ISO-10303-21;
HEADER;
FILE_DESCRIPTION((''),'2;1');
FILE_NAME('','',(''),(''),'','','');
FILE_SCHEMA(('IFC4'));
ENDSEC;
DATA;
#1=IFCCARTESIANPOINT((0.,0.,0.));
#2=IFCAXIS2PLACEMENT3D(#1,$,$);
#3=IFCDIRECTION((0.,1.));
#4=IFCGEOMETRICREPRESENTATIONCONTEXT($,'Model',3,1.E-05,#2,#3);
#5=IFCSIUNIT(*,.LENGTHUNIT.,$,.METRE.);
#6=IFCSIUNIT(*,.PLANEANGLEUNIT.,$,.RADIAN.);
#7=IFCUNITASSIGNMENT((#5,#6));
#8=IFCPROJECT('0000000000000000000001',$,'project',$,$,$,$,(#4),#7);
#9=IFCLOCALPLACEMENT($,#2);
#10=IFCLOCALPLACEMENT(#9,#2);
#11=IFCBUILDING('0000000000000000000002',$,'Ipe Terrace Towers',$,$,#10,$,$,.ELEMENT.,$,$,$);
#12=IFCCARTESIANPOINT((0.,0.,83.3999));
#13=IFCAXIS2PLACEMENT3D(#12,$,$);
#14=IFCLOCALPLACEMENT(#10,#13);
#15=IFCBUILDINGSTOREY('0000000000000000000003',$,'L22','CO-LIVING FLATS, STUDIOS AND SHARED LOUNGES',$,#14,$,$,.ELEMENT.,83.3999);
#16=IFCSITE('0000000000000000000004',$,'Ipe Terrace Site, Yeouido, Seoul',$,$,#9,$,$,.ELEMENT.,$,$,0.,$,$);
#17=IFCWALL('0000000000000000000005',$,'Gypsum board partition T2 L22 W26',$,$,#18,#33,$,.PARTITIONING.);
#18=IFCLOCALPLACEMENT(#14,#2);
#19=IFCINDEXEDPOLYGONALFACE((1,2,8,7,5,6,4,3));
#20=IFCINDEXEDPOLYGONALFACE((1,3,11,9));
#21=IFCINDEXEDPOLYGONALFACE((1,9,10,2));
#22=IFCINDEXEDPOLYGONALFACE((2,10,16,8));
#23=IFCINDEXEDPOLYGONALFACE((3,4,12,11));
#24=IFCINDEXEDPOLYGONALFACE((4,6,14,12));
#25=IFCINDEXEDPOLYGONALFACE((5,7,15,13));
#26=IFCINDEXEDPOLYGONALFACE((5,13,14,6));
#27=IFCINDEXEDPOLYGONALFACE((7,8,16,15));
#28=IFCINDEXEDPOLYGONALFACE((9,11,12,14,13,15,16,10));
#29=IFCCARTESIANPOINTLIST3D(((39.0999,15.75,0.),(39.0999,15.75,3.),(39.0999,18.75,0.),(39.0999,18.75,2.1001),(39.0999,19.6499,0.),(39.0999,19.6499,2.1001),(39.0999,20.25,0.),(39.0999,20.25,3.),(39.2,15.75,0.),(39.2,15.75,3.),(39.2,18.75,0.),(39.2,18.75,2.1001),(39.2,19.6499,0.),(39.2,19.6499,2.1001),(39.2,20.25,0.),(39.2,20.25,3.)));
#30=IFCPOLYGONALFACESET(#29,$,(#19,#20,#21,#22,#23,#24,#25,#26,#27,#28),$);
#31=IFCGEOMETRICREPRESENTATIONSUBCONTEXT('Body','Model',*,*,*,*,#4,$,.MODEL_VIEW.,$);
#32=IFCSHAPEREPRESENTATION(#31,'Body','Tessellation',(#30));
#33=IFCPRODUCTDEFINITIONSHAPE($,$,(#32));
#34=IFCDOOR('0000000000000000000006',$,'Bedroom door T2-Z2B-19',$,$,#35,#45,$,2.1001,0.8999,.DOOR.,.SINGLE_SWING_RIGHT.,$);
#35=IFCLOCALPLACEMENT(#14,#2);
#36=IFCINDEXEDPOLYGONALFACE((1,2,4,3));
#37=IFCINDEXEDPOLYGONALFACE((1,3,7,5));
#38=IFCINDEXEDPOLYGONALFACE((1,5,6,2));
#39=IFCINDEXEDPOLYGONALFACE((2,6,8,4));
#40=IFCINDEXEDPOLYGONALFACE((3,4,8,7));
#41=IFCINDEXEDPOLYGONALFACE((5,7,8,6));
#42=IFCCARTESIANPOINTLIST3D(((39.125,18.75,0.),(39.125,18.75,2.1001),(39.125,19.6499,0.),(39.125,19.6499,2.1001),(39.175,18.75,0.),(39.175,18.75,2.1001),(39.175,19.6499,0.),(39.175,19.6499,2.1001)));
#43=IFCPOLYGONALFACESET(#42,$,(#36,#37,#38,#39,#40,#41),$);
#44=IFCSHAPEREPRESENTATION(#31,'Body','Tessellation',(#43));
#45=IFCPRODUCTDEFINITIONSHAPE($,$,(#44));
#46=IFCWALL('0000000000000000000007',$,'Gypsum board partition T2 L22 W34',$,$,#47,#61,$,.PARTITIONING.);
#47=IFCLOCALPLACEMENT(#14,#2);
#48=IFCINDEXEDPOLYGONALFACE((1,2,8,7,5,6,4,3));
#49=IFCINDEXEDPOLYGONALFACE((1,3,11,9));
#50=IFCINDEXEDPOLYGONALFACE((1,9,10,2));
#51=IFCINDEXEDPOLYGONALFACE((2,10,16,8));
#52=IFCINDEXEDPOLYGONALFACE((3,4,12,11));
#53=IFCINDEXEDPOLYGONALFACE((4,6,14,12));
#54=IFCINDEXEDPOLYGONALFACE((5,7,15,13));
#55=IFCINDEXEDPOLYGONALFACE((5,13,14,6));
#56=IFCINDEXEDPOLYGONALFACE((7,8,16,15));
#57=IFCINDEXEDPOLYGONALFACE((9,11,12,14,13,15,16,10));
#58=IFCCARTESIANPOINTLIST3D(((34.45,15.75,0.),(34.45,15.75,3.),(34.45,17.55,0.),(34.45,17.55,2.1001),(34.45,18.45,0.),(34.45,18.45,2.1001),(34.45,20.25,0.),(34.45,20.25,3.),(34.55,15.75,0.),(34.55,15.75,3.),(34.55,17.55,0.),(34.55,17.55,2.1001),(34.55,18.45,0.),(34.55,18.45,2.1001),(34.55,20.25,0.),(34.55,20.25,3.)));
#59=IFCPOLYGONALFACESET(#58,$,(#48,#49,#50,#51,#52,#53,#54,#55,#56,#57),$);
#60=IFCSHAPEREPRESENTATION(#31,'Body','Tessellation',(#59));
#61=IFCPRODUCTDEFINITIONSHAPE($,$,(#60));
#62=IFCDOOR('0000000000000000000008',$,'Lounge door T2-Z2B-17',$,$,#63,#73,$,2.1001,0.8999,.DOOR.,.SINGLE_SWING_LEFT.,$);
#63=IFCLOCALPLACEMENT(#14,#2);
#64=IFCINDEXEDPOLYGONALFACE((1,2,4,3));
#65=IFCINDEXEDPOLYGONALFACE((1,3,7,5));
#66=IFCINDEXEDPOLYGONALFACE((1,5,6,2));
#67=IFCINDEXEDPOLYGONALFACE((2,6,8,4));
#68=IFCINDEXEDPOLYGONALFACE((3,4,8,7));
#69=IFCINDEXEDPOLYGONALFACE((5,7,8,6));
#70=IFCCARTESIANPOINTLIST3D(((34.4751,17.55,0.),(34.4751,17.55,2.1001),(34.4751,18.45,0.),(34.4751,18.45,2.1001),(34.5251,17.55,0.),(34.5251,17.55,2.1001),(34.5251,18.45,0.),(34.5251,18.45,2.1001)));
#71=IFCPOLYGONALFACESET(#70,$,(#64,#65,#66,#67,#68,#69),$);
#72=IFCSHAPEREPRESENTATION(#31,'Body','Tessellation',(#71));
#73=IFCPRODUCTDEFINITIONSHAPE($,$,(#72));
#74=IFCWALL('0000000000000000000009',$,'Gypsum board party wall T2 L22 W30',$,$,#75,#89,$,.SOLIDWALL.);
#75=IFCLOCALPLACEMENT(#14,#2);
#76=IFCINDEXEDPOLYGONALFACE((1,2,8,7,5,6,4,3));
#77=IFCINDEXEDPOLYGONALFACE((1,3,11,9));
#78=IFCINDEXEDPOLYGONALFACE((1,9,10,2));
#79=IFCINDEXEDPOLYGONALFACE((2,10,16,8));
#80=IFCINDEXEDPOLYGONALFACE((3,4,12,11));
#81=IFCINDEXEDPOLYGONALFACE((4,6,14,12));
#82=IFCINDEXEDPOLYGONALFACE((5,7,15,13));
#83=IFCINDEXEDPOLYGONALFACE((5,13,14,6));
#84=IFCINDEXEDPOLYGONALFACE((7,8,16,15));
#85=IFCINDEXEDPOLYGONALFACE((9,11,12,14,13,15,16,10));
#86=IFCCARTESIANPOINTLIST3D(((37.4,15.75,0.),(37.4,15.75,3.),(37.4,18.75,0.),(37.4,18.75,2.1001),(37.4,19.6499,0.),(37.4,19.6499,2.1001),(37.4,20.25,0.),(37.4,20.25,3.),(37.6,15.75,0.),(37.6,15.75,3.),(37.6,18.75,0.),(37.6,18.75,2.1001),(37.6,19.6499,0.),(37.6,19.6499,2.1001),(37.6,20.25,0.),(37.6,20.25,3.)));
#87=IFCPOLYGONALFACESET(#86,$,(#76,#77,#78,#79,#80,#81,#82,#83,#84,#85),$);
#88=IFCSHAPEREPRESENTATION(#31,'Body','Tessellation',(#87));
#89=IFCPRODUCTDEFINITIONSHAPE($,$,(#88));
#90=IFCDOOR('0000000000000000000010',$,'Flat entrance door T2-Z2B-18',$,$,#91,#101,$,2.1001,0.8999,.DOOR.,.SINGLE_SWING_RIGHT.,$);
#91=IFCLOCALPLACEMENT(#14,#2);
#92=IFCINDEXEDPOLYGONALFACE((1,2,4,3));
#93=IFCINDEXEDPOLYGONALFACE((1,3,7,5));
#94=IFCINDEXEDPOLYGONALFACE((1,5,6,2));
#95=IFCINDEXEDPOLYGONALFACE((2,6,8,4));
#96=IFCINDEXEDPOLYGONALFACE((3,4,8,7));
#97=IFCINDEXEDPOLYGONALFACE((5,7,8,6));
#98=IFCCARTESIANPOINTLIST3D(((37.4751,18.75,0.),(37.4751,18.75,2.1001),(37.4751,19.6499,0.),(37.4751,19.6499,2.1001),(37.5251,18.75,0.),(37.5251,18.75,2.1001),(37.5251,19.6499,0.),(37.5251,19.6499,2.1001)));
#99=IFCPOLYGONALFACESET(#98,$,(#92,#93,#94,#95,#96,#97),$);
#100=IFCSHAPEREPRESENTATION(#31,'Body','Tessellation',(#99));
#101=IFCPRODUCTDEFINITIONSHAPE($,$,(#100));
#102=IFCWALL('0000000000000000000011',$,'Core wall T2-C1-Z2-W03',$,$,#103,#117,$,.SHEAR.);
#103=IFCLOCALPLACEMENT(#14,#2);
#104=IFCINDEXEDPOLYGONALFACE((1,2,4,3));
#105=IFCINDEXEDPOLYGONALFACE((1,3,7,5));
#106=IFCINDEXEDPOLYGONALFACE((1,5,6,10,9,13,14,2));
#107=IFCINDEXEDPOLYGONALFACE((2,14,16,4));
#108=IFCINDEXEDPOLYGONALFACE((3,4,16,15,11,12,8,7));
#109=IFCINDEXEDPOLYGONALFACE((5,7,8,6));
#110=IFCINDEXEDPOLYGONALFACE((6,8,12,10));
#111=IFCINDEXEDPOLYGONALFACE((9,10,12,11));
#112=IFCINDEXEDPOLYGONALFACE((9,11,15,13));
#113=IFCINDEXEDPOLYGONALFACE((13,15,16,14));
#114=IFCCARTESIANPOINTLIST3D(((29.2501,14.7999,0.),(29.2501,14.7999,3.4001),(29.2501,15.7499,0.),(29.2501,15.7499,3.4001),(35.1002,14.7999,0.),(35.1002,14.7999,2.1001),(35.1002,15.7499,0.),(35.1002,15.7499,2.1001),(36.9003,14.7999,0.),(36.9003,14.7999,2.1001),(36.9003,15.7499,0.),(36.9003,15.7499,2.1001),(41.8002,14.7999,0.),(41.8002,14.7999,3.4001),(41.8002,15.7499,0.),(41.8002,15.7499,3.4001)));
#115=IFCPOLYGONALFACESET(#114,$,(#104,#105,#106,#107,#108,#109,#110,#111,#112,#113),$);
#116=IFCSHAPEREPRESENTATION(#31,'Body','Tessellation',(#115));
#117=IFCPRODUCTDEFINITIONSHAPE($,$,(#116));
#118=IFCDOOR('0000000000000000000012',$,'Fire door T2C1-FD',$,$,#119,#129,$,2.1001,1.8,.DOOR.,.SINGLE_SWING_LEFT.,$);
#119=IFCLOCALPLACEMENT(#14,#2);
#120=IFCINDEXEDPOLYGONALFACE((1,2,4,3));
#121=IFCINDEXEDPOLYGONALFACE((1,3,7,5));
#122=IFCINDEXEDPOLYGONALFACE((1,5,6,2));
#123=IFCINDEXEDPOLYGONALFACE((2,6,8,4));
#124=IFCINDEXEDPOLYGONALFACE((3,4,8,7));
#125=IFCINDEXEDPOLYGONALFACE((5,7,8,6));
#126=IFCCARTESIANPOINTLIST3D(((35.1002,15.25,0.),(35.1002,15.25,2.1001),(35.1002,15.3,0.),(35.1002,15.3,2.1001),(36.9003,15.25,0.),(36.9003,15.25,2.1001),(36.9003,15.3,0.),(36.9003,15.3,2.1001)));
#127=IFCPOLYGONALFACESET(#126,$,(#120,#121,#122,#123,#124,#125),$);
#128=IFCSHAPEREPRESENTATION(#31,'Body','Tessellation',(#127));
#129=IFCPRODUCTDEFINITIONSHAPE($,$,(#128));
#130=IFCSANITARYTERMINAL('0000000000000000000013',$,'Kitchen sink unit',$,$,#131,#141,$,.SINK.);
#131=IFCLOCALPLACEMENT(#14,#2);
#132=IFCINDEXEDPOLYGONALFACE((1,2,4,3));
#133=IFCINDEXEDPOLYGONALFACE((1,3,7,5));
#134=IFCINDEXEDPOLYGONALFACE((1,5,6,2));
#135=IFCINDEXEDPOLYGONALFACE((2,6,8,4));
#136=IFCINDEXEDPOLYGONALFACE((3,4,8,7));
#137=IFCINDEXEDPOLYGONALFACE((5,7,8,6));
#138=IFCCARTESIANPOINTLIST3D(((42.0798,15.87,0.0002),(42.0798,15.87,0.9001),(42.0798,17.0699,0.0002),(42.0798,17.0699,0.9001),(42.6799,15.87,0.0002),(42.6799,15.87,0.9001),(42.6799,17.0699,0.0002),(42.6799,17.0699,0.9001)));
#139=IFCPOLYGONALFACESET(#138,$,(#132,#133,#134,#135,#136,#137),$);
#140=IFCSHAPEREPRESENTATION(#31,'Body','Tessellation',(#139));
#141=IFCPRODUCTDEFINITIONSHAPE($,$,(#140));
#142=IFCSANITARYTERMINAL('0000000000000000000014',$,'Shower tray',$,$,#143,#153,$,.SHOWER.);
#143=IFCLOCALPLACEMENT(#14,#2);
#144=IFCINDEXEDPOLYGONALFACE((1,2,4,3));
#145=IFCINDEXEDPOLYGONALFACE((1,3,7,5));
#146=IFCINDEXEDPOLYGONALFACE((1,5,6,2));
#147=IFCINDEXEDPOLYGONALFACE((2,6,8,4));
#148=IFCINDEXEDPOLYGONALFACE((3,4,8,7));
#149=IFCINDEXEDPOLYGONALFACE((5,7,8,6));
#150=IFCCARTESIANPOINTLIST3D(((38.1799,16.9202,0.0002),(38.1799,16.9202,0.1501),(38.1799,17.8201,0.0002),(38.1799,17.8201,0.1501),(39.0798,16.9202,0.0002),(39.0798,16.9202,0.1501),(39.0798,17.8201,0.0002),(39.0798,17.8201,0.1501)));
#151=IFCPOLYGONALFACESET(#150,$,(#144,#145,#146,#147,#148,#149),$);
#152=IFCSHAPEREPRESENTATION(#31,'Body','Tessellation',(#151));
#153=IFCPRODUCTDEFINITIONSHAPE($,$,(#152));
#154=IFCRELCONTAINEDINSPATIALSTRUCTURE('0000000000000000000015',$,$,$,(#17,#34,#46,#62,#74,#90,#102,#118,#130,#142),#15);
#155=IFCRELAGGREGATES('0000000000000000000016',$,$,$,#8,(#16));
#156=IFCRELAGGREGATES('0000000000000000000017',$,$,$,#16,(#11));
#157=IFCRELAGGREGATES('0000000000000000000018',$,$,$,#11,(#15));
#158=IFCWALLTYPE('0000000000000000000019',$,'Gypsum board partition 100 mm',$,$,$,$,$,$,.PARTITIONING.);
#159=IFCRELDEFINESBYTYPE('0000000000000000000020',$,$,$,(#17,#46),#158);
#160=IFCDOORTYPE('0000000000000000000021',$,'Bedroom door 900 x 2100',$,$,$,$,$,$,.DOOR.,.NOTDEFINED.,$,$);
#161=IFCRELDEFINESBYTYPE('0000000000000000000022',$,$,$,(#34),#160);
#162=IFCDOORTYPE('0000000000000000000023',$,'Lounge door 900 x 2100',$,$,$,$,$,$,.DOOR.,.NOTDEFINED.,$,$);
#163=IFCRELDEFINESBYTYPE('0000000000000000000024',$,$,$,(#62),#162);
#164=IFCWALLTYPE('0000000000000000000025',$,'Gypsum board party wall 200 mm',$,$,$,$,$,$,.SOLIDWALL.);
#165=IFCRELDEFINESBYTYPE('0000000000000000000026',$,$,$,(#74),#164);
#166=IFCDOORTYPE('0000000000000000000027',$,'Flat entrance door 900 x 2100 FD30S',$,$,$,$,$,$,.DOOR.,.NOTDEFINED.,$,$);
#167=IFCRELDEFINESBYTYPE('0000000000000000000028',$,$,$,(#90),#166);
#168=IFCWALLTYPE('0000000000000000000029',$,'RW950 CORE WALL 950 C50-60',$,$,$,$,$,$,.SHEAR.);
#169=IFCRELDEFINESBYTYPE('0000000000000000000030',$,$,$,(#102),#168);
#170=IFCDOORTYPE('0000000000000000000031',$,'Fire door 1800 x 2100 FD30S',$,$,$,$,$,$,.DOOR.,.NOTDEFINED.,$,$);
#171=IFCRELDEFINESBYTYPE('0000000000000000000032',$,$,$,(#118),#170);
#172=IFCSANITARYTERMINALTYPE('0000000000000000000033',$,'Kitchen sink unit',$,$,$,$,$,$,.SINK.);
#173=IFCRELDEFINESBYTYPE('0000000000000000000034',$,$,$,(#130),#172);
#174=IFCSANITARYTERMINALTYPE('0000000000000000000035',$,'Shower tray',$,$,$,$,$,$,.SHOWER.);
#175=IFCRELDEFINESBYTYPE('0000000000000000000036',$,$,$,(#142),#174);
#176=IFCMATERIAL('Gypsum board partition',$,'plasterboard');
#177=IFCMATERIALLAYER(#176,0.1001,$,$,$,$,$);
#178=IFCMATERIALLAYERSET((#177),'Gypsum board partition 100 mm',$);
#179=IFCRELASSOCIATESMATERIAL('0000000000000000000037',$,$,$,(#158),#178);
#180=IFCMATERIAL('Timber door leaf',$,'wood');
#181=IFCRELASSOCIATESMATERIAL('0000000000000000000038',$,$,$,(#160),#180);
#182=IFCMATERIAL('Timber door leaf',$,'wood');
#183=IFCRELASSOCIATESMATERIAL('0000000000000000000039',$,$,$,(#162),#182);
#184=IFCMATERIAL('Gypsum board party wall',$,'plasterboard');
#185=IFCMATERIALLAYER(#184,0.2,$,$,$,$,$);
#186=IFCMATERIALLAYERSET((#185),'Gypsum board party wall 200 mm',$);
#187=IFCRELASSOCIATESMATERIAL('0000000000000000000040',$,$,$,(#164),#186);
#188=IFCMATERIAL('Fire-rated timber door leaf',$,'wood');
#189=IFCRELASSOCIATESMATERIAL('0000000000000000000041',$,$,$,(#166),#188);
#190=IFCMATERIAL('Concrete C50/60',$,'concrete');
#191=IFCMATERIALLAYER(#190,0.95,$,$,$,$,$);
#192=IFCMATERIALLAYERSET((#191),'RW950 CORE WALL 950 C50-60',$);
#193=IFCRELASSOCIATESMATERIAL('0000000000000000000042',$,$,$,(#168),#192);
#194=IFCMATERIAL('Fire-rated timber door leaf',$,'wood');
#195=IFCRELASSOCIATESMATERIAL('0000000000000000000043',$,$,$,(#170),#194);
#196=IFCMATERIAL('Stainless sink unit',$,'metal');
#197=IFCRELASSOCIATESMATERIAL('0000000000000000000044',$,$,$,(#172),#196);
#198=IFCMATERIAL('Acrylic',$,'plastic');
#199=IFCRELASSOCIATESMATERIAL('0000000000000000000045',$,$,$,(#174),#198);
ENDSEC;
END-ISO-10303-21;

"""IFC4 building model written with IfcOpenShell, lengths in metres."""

from ifc_helpers import new_model, si_unit, direction, frame, frame_2d, origin, origin_2d, place, context, subcontext, project, spatial, rectangle, extrude, material, layer, layer_set, type_object, element, fill, save


model = new_model("IFC4")

# Units and contexts
model_context = context("Model", 3, precision=1e-05, world=origin(), true_north=direction((0.0, 1.0)))
body_context = subcontext(model_context, "Body", "Model", "MODEL_VIEW")
ifc_project = project(units=[si_unit("LENGTHUNIT", "METRE"), si_unit("PLANEANGLEUNIT", "RADIAN")], contexts=[model_context])

# Site, building, storey
site_placement = place(None, origin())
site = spatial("IfcSite", under=ifc_project, at=site_placement, Name="Ipe Terrace Site, Yeouido, Seoul", CompositionType="ELEMENT", RefElevation=0.0)
building_placement = place(site_placement, origin())
building = spatial("IfcBuilding", under=site, at=building_placement, Name="Ipe Terrace Towers", CompositionType="ELEMENT")
storey_placement = place(building_placement, frame((0.0, 0.0, 83.3999)))
storey = spatial("IfcBuildingStorey", under=building, at=storey_placement, Name="L22", Description="CO-LIVING FLATS, STUDIOS AND SHARED LOUNGES", CompositionType="ELEMENT", Elevation=83.3999)

# Walls, openings, doors
ifc_material_1 = material(Name="Gypsum board partition", Category="plasterboard")
ifc_layer_1 = layer(ifc_material_1, 0.1001)
ifc_layer_set_1 = layer_set([ifc_layer_1], Name="Gypsum board partition 100 mm")
wall_type_1 = type_object("IfcWallType", Name="Gypsum board partition 100 mm", PredefinedType="PARTITIONING", material=ifc_layer_set_1)
wall_1_placement = place(storey_placement, frame((39.1499, 15.75, 0.0), z_axis=(0.0, 0.0, 1.0), x_axis=(0.0, 1.0, 0.0)))
wall_1 = element("IfcWall", 1, at=wall_1_placement, inside=storey, type_object=wall_type_1, Name="Gypsum board partition T2 L22 W26", PredefinedType="PARTITIONING", context=body_context, shape_type="SweptSolid", body=[
    extrude(rectangle(XDim=4.5, YDim=0.1001, at=frame_2d((2.25, 0.0))), origin(), (0.0, 0.0, 1.0), 3.0),
])
opening_1_placement = place(wall_1_placement, frame((3.0, 0.0, 0.0)))
opening_1 = element("IfcOpeningElement", 2, at=opening_1_placement, cuts=wall_1, PredefinedType="OPENING", context=body_context, shape_type="SweptSolid", body=[
    extrude(rectangle(XDim=0.8999, YDim=2.1001, at=frame_2d((0.45, 1.05))), frame((0.0, 0.0601, 0.0), z_axis=(0.0, -1.0, 0.0), x_axis=(1.0, 0.0, 0.0)), (0.0, 0.0, 1.0), 0.1201),
])
ifc_material_2 = material(Name="Timber door leaf", Category="wood")
door_type_1 = type_object("IfcDoorType", Name="Bedroom door 900 x 2100", OperationType="NOTDEFINED", PredefinedType="DOOR", material=ifc_material_2)
door_1_placement = place(opening_1_placement, origin())
door_1 = element("IfcDoor", 3, at=door_1_placement, inside=storey, type_object=door_type_1, Name="Bedroom door T2-Z2B-19", OperationType="SINGLE_SWING_RIGHT", OverallHeight=2.1001, OverallWidth=0.8999, PredefinedType="DOOR", context=body_context, shape_type="SweptSolid", body=[
    extrude(rectangle(XDim=0.8999, YDim=2.1001, at=frame_2d((0.45, 1.05))), frame((0.0, 0.0249, 0.0), z_axis=(0.0, -1.0, 0.0), x_axis=(1.0, 0.0, 0.0)), (0.0, 0.0, 1.0), 0.05),
])
fill(opening_1, door_1)
wall_2_placement = place(storey_placement, frame((34.5, 15.75, 0.0), z_axis=(0.0, 0.0, 1.0), x_axis=(0.0, 1.0, 0.0)))
wall_2 = element("IfcWall", 4, at=wall_2_placement, inside=storey, type_object=wall_type_1, Name="Gypsum board partition T2 L22 W34", PredefinedType="PARTITIONING", context=body_context, shape_type="SweptSolid", body=[
    extrude(rectangle(XDim=4.5, YDim=0.1001, at=frame_2d((2.25, 0.0))), origin(), (0.0, 0.0, 1.0), 3.0),
])
opening_2_placement = place(wall_2_placement, frame((1.8, 0.0, 0.0)))
opening_2 = element("IfcOpeningElement", 5, at=opening_2_placement, cuts=wall_2, PredefinedType="OPENING", context=body_context, shape_type="SweptSolid", body=[
    extrude(rectangle(XDim=0.8999, YDim=2.1001, at=frame_2d((0.45, 1.05))), frame((0.0, 0.0601, 0.0), z_axis=(0.0, -1.0, 0.0), x_axis=(1.0, 0.0, 0.0)), (0.0, 0.0, 1.0), 0.1201),
])
ifc_material_3 = material(Name="Timber door leaf", Category="wood")
door_type_2 = type_object("IfcDoorType", Name="Lounge door 900 x 2100", OperationType="NOTDEFINED", PredefinedType="DOOR", material=ifc_material_3)
door_2_placement = place(opening_2_placement, origin())
door_2 = element("IfcDoor", 6, at=door_2_placement, inside=storey, type_object=door_type_2, Name="Lounge door T2-Z2B-17", OperationType="SINGLE_SWING_LEFT", OverallHeight=2.1001, OverallWidth=0.8999, PredefinedType="DOOR", context=body_context, shape_type="SweptSolid", body=[
    extrude(rectangle(XDim=0.8999, YDim=2.1001, at=frame_2d((0.45, 1.05))), frame((0.0, 0.0249, 0.0), z_axis=(0.0, -1.0, 0.0), x_axis=(1.0, 0.0, 0.0)), (0.0, 0.0, 1.0), 0.05),
])
fill(opening_2, door_2)
ifc_material_4 = material(Name="Gypsum board party wall", Category="plasterboard")
ifc_layer_2 = layer(ifc_material_4, 0.2)
ifc_layer_set_2 = layer_set([ifc_layer_2], Name="Gypsum board party wall 200 mm")
wall_type_2 = type_object("IfcWallType", Name="Gypsum board party wall 200 mm", PredefinedType="SOLIDWALL", material=ifc_layer_set_2)
wall_3_placement = place(storey_placement, frame((37.5, 15.75, 0.0), z_axis=(0.0, 0.0, 1.0), x_axis=(0.0, 1.0, 0.0)))
wall_3 = element("IfcWall", 7, at=wall_3_placement, inside=storey, type_object=wall_type_2, Name="Gypsum board party wall T2 L22 W30", PredefinedType="SOLIDWALL", context=body_context, shape_type="SweptSolid", body=[
    extrude(rectangle(XDim=4.5, YDim=0.2, at=frame_2d((2.25, 0.0))), origin(), (0.0, 0.0, 1.0), 3.0),
])
opening_3_placement = place(wall_3_placement, frame((3.0, 0.0, 0.0)))
opening_3 = element("IfcOpeningElement", 8, at=opening_3_placement, cuts=wall_3, PredefinedType="OPENING", context=body_context, shape_type="SweptSolid", body=[
    extrude(rectangle(XDim=0.8999, YDim=2.1001, at=frame_2d((0.45, 1.05))), frame((0.0, 0.1099, 0.0), z_axis=(0.0, -1.0, 0.0), x_axis=(1.0, 0.0, 0.0)), (0.0, 0.0, 1.0), 0.22),
])
ifc_material_5 = material(Name="Fire-rated timber door leaf", Category="wood")
door_type_3 = type_object("IfcDoorType", Name="Flat entrance door 900 x 2100 FD30S", OperationType="NOTDEFINED", PredefinedType="DOOR", material=ifc_material_5)
door_3_placement = place(opening_3_placement, origin())
door_3 = element("IfcDoor", 9, at=door_3_placement, inside=storey, type_object=door_type_3, Name="Flat entrance door T2-Z2B-18", OperationType="SINGLE_SWING_RIGHT", OverallHeight=2.1001, OverallWidth=0.8999, PredefinedType="DOOR", context=body_context, shape_type="SweptSolid", body=[
    extrude(rectangle(XDim=0.8999, YDim=2.1001, at=frame_2d((0.45, 1.05))), frame((0.0, 0.0249, 0.0), z_axis=(0.0, -1.0, 0.0), x_axis=(1.0, 0.0, 0.0)), (0.0, 0.0, 1.0), 0.05),
])
fill(opening_3, door_3)
ifc_material_6 = material(Name="Concrete C50/60", Category="concrete")
ifc_layer_3 = layer(ifc_material_6, 0.95)
ifc_layer_set_3 = layer_set([ifc_layer_3], Name="RW950 CORE WALL 950 C50-60")
wall_type_3 = type_object("IfcWallType", Name="RW950 CORE WALL 950 C50-60", PredefinedType="SHEAR", material=ifc_layer_set_3)
wall_4_placement = place(storey_placement, frame((41.8, 15.2749, 0.0), z_axis=(0.0, 0.0, 1.0), x_axis=(-1.0, 0.0, 0.0)))
wall_4 = element("IfcWall", 10, at=wall_4_placement, inside=storey, type_object=wall_type_3, Name="Core wall T2-C1-Z2-W03", PredefinedType="SHEAR", context=body_context, shape_type="SweptSolid", body=[
    extrude(rectangle(XDim=12.55, YDim=0.95, at=frame_2d((6.2749, 0.0))), origin(), (0.0, 0.0, 1.0), 3.4001),
])
opening_4_placement = place(wall_4_placement, frame((4.8999, 0.0, 0.0)))
opening_4 = element("IfcOpeningElement", 11, at=opening_4_placement, cuts=wall_4, PredefinedType="OPENING", context=body_context, shape_type="SweptSolid", body=[
    extrude(rectangle(XDim=1.8, YDim=2.1001, at=frame_2d((0.8999, 1.05))), frame((0.0, 0.4849, 0.0), z_axis=(0.0, -1.0, 0.0), x_axis=(1.0, 0.0, 0.0)), (0.0, 0.0, 1.0), 0.97),
])
ifc_material_7 = material(Name="Fire-rated timber door leaf", Category="wood")
door_type_4 = type_object("IfcDoorType", Name="Fire door 1800 x 2100 FD30S", OperationType="NOTDEFINED", PredefinedType="DOOR", material=ifc_material_7)
door_4_placement = place(opening_4_placement, origin())
door_4 = element("IfcDoor", 12, at=door_4_placement, inside=storey, type_object=door_type_4, Name="Fire door T2C1-FD", OperationType="SINGLE_SWING_LEFT", OverallHeight=2.1001, OverallWidth=1.8, PredefinedType="DOOR", context=body_context, shape_type="SweptSolid", body=[
    extrude(rectangle(XDim=1.8, YDim=2.1001, at=frame_2d((0.8999, 1.05))), frame((0.0, 0.0249, 0.0), z_axis=(0.0, -1.0, 0.0), x_axis=(1.0, 0.0, 0.0)), (0.0, 0.0, 1.0), 0.05),
])
fill(opening_4, door_4)

# Sanitary terminals
ifc_material_8 = material(Name="Stainless sink unit", Category="metal")
sanitary_terminal_type_1 = type_object("IfcSanitaryTerminalType", Name="Kitchen sink unit", PredefinedType="SINK", material=ifc_material_8)
sanitary_terminal_1_placement = place(storey_placement, frame((42.3799, 16.47, 0.0002), z_axis=(0.0, 0.0, 1.0), x_axis=(0.0, -1.0, 0.0)))
element("IfcSanitaryTerminal", 13, at=sanitary_terminal_1_placement, inside=storey, type_object=sanitary_terminal_type_1, Name="Kitchen sink unit", PredefinedType="SINK", context=body_context, shape_type="SweptSolid", body=[
    extrude(rectangle(XDim=1.2, YDim=0.6001, at=origin_2d()), origin(), (0.0, 0.0, 1.0), 0.8999),
])
ifc_material_9 = material(Name="Acrylic", Category="plastic")
sanitary_terminal_type_2 = type_object("IfcSanitaryTerminalType", Name="Shower tray", PredefinedType="SHOWER", material=ifc_material_9)
sanitary_terminal_2_placement = place(storey_placement, frame((38.6299, 17.3701, 0.0002), z_axis=(0.0, 0.0, 1.0), x_axis=(-1.0, 0.0, 0.0)))
element("IfcSanitaryTerminal", 14, at=sanitary_terminal_2_placement, inside=storey, type_object=sanitary_terminal_type_2, Name="Shower tray", PredefinedType="SHOWER", context=body_context, shape_type="SweptSolid", body=[
    extrude(rectangle(XDim=0.8999, YDim=0.8999, at=origin_2d()), origin(), (0.0, 0.0, 1.0), 0.1499),
])

save(model, "model.ifc")
